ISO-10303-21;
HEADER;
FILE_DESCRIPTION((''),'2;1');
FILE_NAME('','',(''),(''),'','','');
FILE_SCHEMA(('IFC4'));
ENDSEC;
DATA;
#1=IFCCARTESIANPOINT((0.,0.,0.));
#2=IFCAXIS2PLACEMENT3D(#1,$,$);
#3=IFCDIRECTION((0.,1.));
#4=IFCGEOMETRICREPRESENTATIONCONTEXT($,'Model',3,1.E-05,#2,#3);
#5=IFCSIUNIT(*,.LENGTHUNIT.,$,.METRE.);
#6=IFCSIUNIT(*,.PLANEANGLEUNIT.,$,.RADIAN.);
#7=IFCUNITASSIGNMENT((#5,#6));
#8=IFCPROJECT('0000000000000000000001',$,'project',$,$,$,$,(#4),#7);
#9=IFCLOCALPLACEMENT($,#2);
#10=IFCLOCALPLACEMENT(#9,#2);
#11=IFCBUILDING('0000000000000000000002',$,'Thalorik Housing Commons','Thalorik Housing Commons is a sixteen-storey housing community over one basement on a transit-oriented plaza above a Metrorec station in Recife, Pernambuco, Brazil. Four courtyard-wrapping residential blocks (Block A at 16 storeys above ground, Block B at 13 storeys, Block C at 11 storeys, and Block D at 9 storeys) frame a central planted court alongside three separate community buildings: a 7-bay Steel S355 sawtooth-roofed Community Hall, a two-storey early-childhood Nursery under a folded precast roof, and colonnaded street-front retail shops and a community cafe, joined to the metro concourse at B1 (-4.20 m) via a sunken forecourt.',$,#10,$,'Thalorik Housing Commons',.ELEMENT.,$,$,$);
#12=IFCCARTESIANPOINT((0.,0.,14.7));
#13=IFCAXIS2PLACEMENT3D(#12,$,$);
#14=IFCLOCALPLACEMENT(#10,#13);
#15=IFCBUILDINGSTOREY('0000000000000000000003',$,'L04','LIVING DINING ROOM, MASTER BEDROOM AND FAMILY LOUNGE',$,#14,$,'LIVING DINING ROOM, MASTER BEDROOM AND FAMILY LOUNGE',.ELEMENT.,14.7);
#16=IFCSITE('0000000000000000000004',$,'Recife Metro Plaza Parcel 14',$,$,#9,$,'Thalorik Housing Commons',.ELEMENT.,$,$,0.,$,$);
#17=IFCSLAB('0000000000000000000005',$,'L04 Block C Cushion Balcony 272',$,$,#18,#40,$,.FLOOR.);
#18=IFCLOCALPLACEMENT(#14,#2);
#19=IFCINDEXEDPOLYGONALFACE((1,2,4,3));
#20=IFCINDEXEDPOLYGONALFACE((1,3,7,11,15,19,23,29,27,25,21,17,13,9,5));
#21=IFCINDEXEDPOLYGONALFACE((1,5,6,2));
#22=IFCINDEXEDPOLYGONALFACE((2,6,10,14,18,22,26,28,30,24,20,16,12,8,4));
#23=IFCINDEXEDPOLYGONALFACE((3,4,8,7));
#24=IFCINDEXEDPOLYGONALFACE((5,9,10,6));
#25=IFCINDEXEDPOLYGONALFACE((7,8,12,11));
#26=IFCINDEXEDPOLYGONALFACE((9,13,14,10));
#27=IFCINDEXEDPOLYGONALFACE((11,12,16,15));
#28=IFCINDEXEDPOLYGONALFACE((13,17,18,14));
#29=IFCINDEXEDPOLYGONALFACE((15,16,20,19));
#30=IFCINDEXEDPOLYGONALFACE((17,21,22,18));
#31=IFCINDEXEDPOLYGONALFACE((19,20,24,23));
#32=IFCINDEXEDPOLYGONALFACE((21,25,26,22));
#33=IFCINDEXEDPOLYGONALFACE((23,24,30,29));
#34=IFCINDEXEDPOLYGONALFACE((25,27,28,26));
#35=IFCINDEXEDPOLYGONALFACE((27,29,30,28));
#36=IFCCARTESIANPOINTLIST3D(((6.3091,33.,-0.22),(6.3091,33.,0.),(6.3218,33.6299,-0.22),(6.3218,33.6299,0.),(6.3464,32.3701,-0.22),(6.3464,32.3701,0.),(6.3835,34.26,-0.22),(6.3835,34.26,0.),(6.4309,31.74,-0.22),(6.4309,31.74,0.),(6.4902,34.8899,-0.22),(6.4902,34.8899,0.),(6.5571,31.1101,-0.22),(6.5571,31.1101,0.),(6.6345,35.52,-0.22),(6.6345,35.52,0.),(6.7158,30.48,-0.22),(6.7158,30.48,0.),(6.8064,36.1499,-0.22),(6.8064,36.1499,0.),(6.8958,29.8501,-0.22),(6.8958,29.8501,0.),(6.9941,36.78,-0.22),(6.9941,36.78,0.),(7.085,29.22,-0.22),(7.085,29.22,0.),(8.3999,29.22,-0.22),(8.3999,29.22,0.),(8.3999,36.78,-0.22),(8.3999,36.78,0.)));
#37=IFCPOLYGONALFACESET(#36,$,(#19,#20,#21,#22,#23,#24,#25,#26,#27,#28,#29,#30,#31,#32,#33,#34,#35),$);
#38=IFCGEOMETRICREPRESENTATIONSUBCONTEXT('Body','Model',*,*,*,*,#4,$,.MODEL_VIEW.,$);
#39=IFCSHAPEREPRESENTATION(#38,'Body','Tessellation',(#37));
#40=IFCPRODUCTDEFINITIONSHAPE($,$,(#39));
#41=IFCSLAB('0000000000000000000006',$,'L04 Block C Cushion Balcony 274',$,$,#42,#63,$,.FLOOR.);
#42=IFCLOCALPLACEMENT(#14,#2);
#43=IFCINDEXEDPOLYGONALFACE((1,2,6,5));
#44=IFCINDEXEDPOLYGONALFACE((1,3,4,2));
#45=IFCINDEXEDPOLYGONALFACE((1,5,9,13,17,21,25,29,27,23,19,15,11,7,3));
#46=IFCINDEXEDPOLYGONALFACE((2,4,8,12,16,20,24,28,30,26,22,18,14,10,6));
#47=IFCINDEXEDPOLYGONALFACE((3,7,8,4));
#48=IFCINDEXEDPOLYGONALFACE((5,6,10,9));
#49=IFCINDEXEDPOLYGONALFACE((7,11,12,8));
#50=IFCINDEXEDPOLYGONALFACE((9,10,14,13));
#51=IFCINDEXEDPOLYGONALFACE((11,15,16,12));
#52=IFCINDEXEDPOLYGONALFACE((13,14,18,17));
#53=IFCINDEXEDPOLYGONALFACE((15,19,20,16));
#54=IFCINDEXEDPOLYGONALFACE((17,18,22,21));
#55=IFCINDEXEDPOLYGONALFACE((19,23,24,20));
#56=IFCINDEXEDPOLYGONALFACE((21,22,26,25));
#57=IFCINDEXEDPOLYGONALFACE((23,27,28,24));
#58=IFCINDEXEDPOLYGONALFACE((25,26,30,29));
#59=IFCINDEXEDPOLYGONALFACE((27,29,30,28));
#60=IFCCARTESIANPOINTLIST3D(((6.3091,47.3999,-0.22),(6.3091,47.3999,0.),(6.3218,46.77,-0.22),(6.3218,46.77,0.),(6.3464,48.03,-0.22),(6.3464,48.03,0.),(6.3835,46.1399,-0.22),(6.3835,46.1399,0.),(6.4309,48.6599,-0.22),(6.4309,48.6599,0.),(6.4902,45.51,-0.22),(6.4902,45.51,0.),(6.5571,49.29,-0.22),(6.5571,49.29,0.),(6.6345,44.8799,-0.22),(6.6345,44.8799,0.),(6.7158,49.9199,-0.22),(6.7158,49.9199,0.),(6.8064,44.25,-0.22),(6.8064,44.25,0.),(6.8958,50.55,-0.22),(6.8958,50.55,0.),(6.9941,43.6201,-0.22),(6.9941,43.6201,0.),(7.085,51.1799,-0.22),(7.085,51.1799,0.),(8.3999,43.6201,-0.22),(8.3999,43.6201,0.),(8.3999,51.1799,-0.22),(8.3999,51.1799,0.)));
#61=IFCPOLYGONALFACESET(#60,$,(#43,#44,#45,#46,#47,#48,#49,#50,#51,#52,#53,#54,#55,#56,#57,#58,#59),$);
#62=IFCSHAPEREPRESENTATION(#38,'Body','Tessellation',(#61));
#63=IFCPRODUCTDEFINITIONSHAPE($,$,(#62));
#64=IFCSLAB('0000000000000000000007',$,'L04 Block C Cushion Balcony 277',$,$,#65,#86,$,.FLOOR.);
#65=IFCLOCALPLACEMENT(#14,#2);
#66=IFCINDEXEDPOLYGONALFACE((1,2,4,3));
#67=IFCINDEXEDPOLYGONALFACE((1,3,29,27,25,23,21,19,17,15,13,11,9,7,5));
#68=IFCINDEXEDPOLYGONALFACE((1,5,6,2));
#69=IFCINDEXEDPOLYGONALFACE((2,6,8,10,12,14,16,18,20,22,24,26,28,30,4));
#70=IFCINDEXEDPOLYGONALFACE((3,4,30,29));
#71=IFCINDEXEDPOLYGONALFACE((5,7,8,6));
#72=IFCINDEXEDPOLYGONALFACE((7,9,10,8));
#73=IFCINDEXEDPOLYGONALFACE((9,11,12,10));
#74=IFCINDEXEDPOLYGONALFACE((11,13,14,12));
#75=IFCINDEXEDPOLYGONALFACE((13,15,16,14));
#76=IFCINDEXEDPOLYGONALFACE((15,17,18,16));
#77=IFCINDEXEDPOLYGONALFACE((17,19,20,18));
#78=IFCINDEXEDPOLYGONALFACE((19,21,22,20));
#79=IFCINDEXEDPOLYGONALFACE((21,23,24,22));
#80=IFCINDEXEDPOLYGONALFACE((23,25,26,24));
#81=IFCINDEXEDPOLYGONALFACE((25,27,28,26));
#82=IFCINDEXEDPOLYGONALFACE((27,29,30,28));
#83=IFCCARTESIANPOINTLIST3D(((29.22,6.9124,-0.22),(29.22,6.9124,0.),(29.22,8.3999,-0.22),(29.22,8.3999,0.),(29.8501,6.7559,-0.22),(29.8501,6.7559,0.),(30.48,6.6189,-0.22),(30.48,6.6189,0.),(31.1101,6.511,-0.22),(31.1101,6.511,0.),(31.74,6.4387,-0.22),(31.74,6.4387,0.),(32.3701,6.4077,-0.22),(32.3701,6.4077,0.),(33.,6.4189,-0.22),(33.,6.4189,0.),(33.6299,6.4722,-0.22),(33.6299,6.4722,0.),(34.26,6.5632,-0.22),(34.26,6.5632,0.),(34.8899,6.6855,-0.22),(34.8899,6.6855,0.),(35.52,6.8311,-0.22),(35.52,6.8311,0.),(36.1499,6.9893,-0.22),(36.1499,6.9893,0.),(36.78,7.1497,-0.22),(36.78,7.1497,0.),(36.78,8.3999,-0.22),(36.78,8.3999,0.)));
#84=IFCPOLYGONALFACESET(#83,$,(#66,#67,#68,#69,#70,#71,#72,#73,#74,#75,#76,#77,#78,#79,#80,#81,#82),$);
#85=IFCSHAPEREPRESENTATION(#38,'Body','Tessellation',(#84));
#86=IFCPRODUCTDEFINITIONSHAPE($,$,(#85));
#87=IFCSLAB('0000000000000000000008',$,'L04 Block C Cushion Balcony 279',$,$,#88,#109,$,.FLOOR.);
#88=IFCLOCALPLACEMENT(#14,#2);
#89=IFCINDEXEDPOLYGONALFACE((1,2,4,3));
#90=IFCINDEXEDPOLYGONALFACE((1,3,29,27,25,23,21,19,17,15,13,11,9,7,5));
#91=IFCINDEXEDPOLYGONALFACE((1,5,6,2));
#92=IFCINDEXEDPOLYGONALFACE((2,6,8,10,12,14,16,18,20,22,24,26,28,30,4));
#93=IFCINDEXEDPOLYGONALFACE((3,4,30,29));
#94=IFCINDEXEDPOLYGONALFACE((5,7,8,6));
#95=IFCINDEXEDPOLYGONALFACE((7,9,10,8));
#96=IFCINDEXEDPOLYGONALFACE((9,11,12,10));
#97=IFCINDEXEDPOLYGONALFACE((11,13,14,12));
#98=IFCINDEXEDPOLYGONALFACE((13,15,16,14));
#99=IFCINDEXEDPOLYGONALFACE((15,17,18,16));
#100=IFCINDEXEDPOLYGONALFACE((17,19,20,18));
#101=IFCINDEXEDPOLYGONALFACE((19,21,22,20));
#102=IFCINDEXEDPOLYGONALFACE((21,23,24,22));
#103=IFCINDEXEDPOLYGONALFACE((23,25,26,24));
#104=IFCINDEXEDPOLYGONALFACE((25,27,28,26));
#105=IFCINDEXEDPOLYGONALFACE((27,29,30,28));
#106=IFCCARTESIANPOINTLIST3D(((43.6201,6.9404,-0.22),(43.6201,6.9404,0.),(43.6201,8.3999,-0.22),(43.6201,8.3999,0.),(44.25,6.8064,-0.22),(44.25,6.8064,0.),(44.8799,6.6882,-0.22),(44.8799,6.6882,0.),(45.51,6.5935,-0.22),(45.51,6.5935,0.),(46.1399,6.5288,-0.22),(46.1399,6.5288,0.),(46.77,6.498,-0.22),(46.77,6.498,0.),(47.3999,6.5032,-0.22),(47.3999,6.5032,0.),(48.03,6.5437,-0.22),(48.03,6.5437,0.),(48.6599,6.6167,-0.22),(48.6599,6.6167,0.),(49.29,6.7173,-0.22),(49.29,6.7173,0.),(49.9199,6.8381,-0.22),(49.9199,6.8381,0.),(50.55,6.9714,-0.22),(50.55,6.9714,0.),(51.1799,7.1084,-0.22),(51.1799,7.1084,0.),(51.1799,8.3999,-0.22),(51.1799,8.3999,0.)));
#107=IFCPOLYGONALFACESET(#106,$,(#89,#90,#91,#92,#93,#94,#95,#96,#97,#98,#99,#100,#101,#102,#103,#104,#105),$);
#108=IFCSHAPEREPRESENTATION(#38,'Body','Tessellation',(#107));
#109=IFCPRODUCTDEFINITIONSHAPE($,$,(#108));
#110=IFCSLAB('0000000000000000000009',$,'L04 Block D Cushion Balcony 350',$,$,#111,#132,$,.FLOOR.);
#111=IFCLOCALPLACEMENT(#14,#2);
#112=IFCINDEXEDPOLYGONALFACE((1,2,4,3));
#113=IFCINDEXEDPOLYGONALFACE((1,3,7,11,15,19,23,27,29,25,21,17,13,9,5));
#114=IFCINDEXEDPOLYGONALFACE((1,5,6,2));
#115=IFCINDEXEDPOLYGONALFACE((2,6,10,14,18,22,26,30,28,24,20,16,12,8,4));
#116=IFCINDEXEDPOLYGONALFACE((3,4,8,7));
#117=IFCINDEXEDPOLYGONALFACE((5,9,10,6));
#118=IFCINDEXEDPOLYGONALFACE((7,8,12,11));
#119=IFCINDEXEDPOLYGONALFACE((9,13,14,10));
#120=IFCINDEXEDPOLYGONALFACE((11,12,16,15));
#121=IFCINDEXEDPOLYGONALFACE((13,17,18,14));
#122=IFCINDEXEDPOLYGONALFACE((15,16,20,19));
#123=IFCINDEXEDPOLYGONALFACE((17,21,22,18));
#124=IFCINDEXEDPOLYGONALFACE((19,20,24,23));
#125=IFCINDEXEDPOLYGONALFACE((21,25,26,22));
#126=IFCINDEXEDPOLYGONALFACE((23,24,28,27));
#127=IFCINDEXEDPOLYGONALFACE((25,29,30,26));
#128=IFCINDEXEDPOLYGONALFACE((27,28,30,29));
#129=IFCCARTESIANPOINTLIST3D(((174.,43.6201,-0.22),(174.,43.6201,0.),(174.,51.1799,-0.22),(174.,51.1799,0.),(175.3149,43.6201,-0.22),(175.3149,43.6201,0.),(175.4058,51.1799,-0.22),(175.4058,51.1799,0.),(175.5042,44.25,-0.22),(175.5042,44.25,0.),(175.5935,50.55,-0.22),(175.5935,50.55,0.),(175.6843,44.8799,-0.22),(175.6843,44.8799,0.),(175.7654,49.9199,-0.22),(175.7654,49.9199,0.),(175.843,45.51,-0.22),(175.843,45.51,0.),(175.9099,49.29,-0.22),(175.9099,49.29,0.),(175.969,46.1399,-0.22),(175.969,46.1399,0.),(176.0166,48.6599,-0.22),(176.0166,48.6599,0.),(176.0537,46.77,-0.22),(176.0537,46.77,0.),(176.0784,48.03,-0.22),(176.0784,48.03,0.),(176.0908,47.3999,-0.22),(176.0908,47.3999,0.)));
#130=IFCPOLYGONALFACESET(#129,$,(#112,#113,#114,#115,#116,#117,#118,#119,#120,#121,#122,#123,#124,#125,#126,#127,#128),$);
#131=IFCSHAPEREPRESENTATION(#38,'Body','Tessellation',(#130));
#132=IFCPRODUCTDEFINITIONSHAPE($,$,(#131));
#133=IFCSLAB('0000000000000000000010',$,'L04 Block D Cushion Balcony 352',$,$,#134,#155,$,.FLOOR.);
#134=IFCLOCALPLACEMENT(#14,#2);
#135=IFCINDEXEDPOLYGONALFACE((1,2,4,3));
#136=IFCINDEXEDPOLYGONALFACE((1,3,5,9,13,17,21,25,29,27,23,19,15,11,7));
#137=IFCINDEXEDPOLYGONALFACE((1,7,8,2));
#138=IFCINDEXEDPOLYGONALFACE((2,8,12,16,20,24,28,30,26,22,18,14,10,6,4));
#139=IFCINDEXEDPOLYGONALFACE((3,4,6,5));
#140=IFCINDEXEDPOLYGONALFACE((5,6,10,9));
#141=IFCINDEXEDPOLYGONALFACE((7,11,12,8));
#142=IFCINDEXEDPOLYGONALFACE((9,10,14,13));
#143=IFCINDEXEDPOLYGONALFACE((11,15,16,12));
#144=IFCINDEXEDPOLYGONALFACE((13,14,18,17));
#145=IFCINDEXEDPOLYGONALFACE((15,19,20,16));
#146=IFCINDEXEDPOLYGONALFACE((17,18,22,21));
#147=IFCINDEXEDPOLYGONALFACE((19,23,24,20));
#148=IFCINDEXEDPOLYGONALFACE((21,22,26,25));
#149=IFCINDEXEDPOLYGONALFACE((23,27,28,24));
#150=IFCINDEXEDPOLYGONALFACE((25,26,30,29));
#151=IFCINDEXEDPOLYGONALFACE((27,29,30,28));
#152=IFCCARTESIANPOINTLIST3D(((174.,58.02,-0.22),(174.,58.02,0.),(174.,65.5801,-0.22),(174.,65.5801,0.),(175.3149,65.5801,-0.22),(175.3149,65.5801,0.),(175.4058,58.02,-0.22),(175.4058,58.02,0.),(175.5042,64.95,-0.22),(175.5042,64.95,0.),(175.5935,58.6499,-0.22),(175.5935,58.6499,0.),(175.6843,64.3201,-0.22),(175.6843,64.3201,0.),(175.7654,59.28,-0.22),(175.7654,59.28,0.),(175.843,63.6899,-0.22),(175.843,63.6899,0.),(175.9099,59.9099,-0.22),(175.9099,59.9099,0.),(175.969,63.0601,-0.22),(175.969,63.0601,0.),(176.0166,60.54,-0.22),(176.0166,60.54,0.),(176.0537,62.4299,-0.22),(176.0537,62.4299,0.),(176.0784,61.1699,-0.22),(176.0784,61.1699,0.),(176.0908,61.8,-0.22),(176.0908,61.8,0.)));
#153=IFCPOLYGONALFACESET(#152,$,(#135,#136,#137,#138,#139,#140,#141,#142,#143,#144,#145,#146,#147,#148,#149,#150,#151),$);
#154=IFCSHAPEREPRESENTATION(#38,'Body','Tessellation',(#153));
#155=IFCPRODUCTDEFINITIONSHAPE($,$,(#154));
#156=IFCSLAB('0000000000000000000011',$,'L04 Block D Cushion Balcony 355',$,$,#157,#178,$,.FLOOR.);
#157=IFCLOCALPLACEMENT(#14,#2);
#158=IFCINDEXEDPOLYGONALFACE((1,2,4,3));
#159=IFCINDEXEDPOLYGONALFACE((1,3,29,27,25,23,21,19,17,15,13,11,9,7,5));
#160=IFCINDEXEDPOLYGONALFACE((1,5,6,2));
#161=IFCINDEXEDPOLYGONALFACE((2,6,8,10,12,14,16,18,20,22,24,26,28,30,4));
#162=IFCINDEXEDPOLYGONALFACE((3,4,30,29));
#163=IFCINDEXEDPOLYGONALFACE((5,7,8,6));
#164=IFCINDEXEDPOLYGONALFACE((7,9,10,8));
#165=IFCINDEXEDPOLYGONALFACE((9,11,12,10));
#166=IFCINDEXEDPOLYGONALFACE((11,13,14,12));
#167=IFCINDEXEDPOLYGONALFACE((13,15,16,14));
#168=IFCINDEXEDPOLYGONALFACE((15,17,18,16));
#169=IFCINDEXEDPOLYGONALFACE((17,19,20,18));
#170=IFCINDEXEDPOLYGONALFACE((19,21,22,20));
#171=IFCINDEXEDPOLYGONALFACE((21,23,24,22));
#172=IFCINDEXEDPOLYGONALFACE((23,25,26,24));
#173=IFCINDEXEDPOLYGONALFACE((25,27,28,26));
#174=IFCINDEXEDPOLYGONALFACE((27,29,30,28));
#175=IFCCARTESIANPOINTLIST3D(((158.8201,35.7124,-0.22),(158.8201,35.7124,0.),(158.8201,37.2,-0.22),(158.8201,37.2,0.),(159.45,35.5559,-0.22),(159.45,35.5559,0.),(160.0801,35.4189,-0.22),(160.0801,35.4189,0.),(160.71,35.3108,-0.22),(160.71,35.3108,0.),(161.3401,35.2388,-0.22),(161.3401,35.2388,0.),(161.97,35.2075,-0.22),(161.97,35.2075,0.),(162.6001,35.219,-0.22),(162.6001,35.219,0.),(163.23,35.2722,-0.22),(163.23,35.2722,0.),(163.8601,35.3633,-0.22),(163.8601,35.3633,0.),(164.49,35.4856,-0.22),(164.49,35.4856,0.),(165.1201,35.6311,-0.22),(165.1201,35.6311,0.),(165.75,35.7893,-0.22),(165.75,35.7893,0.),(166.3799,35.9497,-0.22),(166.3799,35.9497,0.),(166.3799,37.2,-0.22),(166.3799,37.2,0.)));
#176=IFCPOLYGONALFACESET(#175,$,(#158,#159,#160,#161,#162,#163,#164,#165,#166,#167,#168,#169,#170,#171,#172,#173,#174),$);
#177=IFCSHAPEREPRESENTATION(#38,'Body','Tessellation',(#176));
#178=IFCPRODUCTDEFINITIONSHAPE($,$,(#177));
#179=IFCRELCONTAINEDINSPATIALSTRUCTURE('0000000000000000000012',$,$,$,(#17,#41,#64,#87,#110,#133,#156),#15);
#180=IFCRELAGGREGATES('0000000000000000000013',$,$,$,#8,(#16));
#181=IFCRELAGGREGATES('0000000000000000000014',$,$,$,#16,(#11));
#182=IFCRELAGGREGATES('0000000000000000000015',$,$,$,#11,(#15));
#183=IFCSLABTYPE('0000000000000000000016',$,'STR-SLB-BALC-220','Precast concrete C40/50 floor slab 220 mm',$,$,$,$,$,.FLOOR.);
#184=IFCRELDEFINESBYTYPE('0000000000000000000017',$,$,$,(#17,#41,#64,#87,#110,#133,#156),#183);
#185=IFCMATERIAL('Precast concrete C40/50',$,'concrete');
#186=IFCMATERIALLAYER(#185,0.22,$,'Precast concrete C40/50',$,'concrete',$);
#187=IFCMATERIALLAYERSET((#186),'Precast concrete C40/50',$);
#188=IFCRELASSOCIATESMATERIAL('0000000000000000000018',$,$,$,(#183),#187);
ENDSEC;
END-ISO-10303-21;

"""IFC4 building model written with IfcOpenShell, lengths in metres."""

from ifc_helpers import new_model, si_unit, direction, frame, origin, place, context, subcontext, project, spatial, polyline, outline, extrude, material, layer, layer_set, type_object, element, save


model = new_model("IFC4")

# Units and contexts
model_context = context("Model", 3, precision=1e-05, world=origin(), true_north=direction((0.0, 1.0)))
body_context = subcontext(model_context, "Body", "Model", "MODEL_VIEW")
ifc_project = project(units=[si_unit("LENGTHUNIT", "METRE"), si_unit("PLANEANGLEUNIT", "RADIAN")], contexts=[model_context])

# Site, building, storey
site_placement = place(None, origin())
site = spatial("IfcSite", under=ifc_project, at=site_placement, Name="Recife Metro Plaza Parcel 14", LongName="Thalorik Housing Commons", CompositionType="ELEMENT", RefElevation=0.0)
building_placement = place(site_placement, origin())
building = spatial("IfcBuilding", under=site, at=building_placement, Name="Thalorik Housing Commons", Description="Thalorik Housing Commons is a sixteen-storey housing community over one basement on a transit-oriented plaza above a Metrorec station in Recife, Pernambuco, Brazil. Four courtyard-wrapping residential blocks (Block A at 16 storeys above ground, Block B at 13 storeys, Block C at 11 storeys, and Block D at 9 storeys) frame a central planted court alongside three separate community buildings: a 7-bay Steel S355 sawtooth-roofed Community Hall, a two-storey early-childhood Nursery under a folded precast roof, and colonnaded street-front retail shops and a community cafe, joined to the metro concourse at B1 (-4.20 m) via a sunken forecourt.", LongName="Thalorik Housing Commons", CompositionType="ELEMENT")
storey_placement = place(building_placement, frame((0.0, 0.0, 14.7)))
storey = spatial("IfcBuildingStorey", under=building, at=storey_placement, Name="L04", Description="LIVING DINING ROOM, MASTER BEDROOM AND FAMILY LOUNGE", LongName="LIVING DINING ROOM, MASTER BEDROOM AND FAMILY LOUNGE", CompositionType="ELEMENT", Elevation=14.7)

# Slabs
ifc_material_1 = material(Name="Precast concrete C40/50", Category="concrete")
ifc_layer_1 = layer(ifc_material_1, 0.22, Name="Precast concrete C40/50", Category="concrete")
ifc_layer_set_1 = layer_set([ifc_layer_1], Name="Precast concrete C40/50")
slab_type_1 = type_object("IfcSlabType", Name="STR-SLB-BALC-220", Description="Precast concrete C40/50 floor slab 220 mm", PredefinedType="FLOOR", material=ifc_layer_set_1)
slab_1_placement = place(storey_placement, frame((0.0, 0.0, -0.22)))
element("IfcSlab", 1, at=slab_1_placement, inside=storey, type_object=slab_type_1, Name="L04 Block C Cushion Balcony 272", PredefinedType="FLOOR", context=body_context, shape_type="SweptSolid", body=[
    extrude(outline(polyline([(8.3999, 29.22), (8.3999, 36.78), (6.9941, 36.78), (6.8064, 36.1499), (6.6345, 35.52), (6.4902, 34.8899), (6.3835, 34.26), (6.3218, 33.6299), (6.3091, 33.0), (6.3464, 32.3701), (6.4309, 31.74), (6.5571, 31.1101), (6.7158, 30.48), (6.8958, 29.8501), (7.085, 29.22), (8.3999, 29.22)])), origin(), (0.0, 0.0, 1.0), 0.22),
])
slab_2_placement = place(storey_placement, frame((0.0, 0.0, -0.22)))
element("IfcSlab", 2, at=slab_2_placement, inside=storey, type_object=slab_type_1, Name="L04 Block C Cushion Balcony 274", PredefinedType="FLOOR", context=body_context, shape_type="SweptSolid", body=[
    extrude(outline(polyline([(8.3999, 43.6201), (8.3999, 51.1799), (7.085, 51.1799), (6.8958, 50.55), (6.7158, 49.9199), (6.5571, 49.29), (6.4309, 48.6599), (6.3464, 48.03), (6.3091, 47.3999), (6.3218, 46.77), (6.3835, 46.1399), (6.4902, 45.51), (6.6345, 44.8799), (6.8064, 44.25), (6.9941, 43.6201), (8.3999, 43.6201)])), origin(), (0.0, 0.0, 1.0), 0.22),
])
slab_3_placement = place(storey_placement, frame((0.0, 0.0, -0.22)))
element("IfcSlab", 3, at=slab_3_placement, inside=storey, type_object=slab_type_1, Name="L04 Block C Cushion Balcony 277", PredefinedType="FLOOR", context=body_context, shape_type="SweptSolid", body=[
    extrude(outline(polyline([(29.22, 6.9124), (29.8501, 6.7559), (30.48, 6.6189), (31.1101, 6.511), (31.74, 6.4387), (32.3701, 6.4077), (33.0, 6.4189), (33.6299, 6.4722), (34.26, 6.5632), (34.8899, 6.6855), (35.52, 6.8311), (36.1499, 6.9893), (36.78, 7.1497), (36.78, 8.3999), (29.22, 8.3999), (29.22, 6.9124)])), origin(), (0.0, 0.0, 1.0), 0.22),
])
slab_4_placement = place(storey_placement, frame((0.0, 0.0, -0.22)))
element("IfcSlab", 4, at=slab_4_placement, inside=storey, type_object=slab_type_1, Name="L04 Block C Cushion Balcony 279", PredefinedType="FLOOR", context=body_context, shape_type="SweptSolid", body=[
    extrude(outline(polyline([(43.6201, 6.9404), (44.25, 6.8064), (44.8799, 6.6882), (45.51, 6.5935), (46.1399, 6.5288), (46.77, 6.498), (47.3999, 6.5032), (48.03, 6.5437), (48.6599, 6.6167), (49.29, 6.7173), (49.9199, 6.8381), (50.55, 6.9714), (51.1799, 7.1084), (51.1799, 8.3999), (43.6201, 8.3999), (43.6201, 6.9404)])), origin(), (0.0, 0.0, 1.0), 0.22),
])
slab_5_placement = place(storey_placement, frame((0.0, 0.0, -0.22)))
element("IfcSlab", 5, at=slab_5_placement, inside=storey, type_object=slab_type_1, Name="L04 Block D Cushion Balcony 350", PredefinedType="FLOOR", context=body_context, shape_type="SweptSolid", body=[
    extrude(outline(polyline([(175.3149, 43.6201), (175.5042, 44.25), (175.6843, 44.8799), (175.843, 45.51), (175.969, 46.1399), (176.0537, 46.77), (176.0908, 47.3999), (176.0784, 48.03), (176.0166, 48.6599), (175.9099, 49.29), (175.7654, 49.9199), (175.5935, 50.55), (175.4058, 51.1799), (174.0, 51.1799), (174.0, 43.6201), (175.3149, 43.6201)])), origin(), (0.0, 0.0, 1.0), 0.22),
])
slab_6_placement = place(storey_placement, frame((0.0, 0.0, -0.22)))
element("IfcSlab", 6, at=slab_6_placement, inside=storey, type_object=slab_type_1, Name="L04 Block D Cushion Balcony 352", PredefinedType="FLOOR", context=body_context, shape_type="SweptSolid", body=[
    extrude(outline(polyline([(175.4058, 58.02), (175.5935, 58.6499), (175.7654, 59.28), (175.9099, 59.9099), (176.0166, 60.54), (176.0784, 61.1699), (176.0908, 61.8), (176.0537, 62.4299), (175.969, 63.0601), (175.843, 63.6899), (175.6843, 64.3201), (175.5042, 64.95), (175.3149, 65.5801), (174.0, 65.5801), (174.0, 58.02), (175.4058, 58.02)])), origin(), (0.0, 0.0, 1.0), 0.22),
])
slab_7_placement = place(storey_placement, frame((0.0, 0.0, -0.22)))
element("IfcSlab", 7, at=slab_7_placement, inside=storey, type_object=slab_type_1, Name="L04 Block D Cushion Balcony 355", PredefinedType="FLOOR", context=body_context, shape_type="SweptSolid", body=[
    extrude(outline(polyline([(158.8201, 35.7124), (159.45, 35.5559), (160.0801, 35.4189), (160.71, 35.3108), (161.3401, 35.2388), (161.97, 35.2075), (162.6001, 35.219), (163.23, 35.2722), (163.8601, 35.3633), (164.49, 35.4856), (165.1201, 35.6311), (165.75, 35.7893), (166.3799, 35.9497), (166.3799, 37.2), (158.8201, 37.2), (158.8201, 35.7124)])), origin(), (0.0, 0.0, 1.0), 0.22),
])

save(model, "model.ifc")
